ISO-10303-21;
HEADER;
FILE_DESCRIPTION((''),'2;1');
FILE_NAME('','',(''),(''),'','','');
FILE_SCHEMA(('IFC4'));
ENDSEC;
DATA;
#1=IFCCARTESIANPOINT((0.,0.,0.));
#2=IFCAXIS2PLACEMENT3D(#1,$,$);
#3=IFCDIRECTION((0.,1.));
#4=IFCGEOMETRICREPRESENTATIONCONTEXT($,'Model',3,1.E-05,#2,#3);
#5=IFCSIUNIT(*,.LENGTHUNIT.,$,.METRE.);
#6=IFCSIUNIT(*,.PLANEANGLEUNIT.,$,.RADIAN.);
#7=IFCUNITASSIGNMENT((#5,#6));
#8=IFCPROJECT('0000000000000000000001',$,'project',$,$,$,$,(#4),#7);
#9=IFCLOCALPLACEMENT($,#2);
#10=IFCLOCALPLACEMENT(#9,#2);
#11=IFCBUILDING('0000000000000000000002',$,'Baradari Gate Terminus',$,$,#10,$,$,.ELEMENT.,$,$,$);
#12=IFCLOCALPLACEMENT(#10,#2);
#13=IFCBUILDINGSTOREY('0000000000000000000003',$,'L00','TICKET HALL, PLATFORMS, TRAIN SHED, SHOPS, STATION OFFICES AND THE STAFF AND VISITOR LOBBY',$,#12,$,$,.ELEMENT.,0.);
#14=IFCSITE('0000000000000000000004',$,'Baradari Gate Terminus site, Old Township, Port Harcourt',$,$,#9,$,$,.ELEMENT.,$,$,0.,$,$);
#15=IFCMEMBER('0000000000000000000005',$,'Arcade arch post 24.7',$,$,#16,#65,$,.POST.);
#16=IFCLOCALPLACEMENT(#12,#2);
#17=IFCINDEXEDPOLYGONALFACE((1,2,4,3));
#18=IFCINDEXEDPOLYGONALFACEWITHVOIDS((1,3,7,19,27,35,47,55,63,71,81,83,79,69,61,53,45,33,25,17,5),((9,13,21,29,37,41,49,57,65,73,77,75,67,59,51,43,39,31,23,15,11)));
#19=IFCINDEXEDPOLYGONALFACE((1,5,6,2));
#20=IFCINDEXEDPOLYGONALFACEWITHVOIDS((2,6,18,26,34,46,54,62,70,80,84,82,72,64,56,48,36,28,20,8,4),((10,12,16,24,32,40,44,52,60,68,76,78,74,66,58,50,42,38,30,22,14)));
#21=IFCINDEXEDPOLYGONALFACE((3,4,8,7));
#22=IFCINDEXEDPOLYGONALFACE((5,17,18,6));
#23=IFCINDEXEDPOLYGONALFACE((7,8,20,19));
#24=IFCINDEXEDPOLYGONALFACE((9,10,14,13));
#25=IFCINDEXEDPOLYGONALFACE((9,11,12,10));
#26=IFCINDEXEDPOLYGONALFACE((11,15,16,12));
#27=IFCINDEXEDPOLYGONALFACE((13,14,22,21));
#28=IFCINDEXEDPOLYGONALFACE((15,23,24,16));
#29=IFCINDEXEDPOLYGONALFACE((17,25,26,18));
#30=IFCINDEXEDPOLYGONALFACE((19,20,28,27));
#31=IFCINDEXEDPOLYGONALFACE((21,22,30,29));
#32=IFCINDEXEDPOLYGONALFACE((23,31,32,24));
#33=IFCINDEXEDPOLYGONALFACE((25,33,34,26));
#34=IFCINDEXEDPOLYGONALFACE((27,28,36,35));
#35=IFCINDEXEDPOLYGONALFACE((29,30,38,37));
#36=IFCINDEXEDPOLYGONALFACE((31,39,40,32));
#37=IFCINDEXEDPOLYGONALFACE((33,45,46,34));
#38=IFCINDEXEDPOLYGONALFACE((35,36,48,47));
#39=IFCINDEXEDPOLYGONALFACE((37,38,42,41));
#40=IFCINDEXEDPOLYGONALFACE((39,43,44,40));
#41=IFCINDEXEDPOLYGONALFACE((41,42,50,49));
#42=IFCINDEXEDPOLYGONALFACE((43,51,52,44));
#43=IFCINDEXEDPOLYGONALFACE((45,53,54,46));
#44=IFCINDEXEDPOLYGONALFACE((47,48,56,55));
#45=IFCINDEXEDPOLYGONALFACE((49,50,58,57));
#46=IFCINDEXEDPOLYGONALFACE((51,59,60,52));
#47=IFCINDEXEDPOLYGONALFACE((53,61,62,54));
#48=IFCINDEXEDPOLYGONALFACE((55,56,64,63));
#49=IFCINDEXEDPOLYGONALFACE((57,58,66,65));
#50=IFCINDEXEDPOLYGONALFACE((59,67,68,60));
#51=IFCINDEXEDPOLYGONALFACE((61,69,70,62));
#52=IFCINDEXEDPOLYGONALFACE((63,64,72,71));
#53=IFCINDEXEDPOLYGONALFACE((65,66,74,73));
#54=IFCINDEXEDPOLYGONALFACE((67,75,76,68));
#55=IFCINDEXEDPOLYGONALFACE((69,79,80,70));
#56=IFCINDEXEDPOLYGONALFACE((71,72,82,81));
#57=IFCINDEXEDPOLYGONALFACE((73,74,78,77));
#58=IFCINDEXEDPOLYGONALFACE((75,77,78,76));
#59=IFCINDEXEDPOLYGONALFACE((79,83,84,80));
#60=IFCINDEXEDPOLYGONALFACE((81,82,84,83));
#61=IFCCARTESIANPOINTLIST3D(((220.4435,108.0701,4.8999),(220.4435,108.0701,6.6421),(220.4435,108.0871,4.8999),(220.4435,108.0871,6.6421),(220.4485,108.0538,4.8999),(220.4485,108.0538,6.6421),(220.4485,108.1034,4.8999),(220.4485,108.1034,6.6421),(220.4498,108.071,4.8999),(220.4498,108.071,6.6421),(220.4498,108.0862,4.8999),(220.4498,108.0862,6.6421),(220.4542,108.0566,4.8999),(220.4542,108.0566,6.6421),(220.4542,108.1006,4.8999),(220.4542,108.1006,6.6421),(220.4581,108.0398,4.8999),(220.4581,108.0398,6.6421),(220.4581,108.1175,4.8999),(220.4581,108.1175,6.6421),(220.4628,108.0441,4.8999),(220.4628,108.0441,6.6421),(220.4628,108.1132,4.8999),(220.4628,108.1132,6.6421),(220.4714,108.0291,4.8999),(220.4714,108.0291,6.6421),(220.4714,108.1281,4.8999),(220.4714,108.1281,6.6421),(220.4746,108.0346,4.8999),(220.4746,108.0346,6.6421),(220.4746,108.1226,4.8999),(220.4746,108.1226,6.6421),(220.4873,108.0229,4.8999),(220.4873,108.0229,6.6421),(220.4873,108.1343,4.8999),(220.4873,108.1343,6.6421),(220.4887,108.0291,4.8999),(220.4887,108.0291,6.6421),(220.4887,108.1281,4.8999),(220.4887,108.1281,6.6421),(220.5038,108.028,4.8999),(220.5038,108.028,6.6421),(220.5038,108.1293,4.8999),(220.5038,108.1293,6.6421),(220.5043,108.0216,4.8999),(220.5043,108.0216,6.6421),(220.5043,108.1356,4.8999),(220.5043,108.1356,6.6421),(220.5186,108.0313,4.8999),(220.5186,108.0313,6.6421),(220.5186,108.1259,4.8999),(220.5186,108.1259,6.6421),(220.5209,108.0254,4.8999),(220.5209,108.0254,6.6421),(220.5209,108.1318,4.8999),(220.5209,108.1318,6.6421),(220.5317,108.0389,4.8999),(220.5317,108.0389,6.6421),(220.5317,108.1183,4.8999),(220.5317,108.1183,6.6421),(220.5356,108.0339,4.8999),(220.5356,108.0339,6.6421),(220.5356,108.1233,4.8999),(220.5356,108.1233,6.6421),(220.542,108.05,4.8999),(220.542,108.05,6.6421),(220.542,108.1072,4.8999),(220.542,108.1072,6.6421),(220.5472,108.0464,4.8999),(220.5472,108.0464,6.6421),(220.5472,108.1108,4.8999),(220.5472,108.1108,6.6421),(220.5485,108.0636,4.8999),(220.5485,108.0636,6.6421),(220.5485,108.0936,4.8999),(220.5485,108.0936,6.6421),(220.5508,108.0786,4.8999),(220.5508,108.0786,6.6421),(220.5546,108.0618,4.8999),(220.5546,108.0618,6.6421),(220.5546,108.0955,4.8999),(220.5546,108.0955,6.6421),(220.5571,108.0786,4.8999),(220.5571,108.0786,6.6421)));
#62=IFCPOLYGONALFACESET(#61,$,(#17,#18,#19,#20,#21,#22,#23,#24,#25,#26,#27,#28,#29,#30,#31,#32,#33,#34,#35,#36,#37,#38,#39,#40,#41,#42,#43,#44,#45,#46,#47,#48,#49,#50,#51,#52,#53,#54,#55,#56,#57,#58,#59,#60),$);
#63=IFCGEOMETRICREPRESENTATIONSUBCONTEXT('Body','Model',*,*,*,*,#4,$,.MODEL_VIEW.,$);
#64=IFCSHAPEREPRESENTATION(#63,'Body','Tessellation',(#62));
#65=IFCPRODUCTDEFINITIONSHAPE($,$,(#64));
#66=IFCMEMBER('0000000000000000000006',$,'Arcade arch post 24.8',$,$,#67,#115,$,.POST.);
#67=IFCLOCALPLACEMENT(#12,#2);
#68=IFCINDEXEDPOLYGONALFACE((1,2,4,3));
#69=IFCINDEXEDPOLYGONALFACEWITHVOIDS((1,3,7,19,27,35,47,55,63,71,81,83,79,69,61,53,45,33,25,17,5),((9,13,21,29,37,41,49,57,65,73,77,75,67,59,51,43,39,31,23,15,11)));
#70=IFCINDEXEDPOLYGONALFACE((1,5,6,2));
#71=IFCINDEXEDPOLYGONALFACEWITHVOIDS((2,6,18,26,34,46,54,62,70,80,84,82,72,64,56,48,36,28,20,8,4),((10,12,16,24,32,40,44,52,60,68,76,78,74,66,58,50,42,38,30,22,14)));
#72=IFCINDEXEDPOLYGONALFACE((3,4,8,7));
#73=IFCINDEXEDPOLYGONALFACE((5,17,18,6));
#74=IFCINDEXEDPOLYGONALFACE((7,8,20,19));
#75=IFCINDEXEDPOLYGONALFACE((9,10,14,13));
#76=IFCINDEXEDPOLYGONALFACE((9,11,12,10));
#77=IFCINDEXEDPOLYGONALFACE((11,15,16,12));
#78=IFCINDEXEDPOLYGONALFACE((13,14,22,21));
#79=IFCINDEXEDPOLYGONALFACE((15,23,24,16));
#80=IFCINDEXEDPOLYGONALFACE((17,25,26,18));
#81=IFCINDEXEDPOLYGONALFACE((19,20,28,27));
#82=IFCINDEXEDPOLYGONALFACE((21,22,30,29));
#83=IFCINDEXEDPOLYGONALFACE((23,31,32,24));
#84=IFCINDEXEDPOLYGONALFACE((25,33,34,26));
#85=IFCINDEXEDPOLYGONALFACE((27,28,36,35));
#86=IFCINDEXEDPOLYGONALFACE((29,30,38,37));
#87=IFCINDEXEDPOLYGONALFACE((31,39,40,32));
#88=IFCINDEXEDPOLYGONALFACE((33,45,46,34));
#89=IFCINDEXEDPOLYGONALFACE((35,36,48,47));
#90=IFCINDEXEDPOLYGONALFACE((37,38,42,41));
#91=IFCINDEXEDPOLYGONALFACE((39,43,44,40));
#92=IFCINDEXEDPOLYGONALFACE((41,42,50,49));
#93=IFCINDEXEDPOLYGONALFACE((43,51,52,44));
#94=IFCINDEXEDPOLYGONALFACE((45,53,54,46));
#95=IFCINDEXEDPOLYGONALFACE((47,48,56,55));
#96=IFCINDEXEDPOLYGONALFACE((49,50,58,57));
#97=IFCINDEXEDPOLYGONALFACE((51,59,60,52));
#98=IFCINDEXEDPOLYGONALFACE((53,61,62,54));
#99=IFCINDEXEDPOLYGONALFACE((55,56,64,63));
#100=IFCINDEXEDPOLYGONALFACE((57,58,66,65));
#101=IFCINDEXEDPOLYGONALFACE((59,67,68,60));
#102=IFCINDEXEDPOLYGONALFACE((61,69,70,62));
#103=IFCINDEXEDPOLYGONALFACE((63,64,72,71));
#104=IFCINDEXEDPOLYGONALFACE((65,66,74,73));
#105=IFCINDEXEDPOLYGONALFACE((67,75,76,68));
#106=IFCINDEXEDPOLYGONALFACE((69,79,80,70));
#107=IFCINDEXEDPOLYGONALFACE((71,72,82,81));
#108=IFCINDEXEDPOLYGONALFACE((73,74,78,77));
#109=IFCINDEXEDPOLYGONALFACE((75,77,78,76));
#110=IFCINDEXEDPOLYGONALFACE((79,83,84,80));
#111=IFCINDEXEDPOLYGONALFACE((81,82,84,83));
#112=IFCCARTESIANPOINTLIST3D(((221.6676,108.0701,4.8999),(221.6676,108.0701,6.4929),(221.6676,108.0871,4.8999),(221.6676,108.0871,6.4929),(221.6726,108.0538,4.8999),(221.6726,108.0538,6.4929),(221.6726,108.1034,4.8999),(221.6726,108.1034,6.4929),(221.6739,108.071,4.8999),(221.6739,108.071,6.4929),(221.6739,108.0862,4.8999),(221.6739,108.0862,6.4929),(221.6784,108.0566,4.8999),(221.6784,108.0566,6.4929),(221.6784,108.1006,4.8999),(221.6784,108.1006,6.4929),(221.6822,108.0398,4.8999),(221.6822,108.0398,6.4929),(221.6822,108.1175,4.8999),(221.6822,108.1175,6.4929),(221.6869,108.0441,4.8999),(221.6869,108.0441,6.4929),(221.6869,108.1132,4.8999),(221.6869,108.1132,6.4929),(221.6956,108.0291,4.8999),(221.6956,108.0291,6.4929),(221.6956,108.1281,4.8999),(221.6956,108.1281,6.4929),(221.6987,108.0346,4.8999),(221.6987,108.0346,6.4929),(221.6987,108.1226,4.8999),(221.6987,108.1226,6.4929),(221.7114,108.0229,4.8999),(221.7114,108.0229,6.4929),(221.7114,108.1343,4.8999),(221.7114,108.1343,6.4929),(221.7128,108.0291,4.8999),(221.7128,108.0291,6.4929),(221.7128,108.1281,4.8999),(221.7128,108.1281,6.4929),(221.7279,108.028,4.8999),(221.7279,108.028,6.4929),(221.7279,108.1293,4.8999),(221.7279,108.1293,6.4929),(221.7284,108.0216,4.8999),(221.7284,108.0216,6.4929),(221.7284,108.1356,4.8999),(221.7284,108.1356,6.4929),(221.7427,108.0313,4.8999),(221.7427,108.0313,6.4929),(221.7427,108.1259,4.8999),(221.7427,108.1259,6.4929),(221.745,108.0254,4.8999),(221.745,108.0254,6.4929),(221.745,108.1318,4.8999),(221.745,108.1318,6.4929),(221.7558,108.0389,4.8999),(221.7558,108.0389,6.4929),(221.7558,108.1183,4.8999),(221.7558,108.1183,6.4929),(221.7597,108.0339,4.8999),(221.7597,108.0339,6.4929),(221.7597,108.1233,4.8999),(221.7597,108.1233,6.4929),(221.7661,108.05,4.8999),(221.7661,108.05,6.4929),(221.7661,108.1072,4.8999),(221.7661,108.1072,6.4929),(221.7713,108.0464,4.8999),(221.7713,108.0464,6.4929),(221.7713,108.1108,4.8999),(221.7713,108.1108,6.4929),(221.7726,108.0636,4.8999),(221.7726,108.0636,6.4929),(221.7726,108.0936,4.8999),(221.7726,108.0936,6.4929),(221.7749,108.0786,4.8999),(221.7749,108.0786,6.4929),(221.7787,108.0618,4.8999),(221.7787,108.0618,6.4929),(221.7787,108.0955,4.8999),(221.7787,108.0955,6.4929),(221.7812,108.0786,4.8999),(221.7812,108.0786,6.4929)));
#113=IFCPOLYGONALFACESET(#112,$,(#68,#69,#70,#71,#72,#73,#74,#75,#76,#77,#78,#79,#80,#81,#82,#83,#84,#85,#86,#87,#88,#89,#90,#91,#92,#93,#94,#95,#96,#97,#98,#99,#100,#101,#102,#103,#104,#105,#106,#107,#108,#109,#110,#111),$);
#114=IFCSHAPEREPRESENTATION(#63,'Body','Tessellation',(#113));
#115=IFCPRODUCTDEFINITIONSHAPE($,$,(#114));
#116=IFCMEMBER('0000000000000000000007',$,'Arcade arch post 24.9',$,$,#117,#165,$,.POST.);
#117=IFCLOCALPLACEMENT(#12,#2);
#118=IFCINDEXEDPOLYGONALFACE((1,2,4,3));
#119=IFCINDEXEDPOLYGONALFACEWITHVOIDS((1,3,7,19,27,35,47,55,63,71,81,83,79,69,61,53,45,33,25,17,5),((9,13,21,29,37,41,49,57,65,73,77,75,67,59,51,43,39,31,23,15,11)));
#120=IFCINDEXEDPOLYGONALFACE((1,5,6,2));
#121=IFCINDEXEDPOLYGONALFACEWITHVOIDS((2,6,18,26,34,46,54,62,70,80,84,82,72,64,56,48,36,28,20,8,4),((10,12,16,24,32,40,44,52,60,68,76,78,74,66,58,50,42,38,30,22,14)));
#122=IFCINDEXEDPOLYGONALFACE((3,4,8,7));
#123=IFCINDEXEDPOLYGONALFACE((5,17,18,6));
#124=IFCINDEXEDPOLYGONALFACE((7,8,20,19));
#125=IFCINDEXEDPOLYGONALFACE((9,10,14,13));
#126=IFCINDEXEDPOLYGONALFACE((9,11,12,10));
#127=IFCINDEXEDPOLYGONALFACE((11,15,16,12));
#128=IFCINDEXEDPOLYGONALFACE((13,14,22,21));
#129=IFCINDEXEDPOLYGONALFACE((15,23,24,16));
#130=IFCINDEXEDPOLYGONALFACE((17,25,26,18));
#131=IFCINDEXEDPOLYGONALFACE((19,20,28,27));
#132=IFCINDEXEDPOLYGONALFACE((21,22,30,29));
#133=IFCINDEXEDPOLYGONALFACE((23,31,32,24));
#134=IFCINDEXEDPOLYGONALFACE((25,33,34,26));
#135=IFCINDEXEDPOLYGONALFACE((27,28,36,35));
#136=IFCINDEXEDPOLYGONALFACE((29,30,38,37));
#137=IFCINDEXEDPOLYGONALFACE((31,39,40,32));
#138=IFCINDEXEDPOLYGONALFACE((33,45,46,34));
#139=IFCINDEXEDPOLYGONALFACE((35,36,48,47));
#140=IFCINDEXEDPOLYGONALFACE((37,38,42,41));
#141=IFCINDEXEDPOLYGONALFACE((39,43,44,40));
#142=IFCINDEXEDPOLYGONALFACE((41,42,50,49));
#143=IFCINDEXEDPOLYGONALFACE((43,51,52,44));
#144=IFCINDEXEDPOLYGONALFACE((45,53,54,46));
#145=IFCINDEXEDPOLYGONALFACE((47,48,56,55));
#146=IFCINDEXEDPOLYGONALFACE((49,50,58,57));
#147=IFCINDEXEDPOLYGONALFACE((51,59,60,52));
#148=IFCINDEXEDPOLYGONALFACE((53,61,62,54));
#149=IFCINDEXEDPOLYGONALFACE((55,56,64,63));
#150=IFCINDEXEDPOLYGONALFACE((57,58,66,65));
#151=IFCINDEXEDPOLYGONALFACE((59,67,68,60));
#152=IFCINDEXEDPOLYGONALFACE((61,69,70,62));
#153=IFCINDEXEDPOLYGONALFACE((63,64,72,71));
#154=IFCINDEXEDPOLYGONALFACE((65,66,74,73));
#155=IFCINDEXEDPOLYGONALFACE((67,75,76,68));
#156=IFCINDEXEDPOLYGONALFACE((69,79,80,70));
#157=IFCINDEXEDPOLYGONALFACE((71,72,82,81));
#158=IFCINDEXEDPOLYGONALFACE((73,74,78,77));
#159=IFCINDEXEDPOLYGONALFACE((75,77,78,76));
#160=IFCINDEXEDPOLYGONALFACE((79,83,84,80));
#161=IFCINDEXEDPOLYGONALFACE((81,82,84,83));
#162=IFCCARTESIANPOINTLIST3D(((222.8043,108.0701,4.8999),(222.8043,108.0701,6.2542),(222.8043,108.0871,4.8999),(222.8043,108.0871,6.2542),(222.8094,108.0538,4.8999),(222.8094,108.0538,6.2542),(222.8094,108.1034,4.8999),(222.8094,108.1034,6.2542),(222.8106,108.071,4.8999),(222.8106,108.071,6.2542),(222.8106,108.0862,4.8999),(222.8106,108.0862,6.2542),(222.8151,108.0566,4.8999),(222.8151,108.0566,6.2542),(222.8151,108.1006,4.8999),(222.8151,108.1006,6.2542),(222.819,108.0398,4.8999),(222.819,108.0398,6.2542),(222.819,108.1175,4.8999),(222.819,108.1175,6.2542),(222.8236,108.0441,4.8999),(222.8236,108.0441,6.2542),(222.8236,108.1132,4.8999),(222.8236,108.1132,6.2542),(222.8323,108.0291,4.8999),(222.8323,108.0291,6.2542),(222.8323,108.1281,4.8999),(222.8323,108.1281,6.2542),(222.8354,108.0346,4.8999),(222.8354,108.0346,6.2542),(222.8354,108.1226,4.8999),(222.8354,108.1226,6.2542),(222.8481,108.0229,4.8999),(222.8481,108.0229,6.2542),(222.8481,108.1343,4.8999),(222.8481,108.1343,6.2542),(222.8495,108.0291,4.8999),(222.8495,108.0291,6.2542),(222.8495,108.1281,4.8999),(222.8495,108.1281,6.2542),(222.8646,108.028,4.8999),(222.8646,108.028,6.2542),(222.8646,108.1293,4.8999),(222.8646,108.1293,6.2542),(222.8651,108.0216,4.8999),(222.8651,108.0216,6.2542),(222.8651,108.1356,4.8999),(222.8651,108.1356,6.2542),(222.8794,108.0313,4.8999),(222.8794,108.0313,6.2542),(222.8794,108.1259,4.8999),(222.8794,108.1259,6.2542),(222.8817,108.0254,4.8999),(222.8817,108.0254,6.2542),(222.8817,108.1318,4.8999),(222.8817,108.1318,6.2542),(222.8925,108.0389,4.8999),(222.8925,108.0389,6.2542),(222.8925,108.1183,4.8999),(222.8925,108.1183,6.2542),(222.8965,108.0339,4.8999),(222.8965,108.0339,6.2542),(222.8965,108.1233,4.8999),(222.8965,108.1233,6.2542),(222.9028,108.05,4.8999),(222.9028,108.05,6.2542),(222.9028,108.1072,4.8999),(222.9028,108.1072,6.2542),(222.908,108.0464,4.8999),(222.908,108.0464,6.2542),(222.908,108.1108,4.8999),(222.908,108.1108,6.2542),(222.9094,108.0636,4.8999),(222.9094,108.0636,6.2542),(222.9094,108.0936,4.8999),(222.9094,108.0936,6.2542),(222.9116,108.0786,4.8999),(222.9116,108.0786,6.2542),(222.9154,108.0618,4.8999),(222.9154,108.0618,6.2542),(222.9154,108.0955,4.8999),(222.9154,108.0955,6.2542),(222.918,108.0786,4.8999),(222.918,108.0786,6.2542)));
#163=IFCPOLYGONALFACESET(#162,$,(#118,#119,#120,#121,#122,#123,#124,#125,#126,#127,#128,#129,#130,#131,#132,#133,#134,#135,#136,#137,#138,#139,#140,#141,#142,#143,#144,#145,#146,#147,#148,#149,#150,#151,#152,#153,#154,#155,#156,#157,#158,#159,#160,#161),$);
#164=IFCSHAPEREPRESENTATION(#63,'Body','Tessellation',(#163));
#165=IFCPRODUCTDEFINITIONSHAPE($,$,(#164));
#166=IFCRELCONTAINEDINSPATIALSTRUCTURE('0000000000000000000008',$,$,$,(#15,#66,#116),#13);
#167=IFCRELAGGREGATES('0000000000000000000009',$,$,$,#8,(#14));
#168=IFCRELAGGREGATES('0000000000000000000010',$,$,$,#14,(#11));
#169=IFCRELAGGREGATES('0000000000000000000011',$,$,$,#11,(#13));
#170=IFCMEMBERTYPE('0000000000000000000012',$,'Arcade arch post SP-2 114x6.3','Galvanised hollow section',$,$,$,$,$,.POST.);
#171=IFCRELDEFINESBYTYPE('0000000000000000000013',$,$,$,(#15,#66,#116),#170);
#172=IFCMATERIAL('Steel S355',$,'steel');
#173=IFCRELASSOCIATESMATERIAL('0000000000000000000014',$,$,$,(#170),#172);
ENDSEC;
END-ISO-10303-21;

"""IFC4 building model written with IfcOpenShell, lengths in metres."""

from ifc_helpers import new_model, si_unit, direction, frame, origin, origin_2d, place, context, subcontext, project, spatial, hollow_circle, extrude, material, material_profile, profile_set, type_object, element, save


model = new_model("IFC4")

# Units and contexts
model_context = context("Model", 3, precision=1e-05, world=origin(), true_north=direction((0.0, 1.0)))
body_context = subcontext(model_context, "Body", "Model", "MODEL_VIEW")
ifc_project = project(units=[si_unit("LENGTHUNIT", "METRE"), si_unit("PLANEANGLEUNIT", "RADIAN")], contexts=[model_context])

# Site, building, storey
site_placement = place(None, origin())
site = spatial("IfcSite", under=ifc_project, at=site_placement, Name="Baradari Gate Terminus site, Old Township, Port Harcourt", CompositionType="ELEMENT", RefElevation=0.0)
building_placement = place(site_placement, origin())
building = spatial("IfcBuilding", under=site, at=building_placement, Name="Baradari Gate Terminus", CompositionType="ELEMENT")
storey_placement = place(building_placement, origin())
storey = spatial("IfcBuildingStorey", under=building, at=storey_placement, Name="L00", Description="TICKET HALL, PLATFORMS, TRAIN SHED, SHOPS, STATION OFFICES AND THE STAFF AND VISITOR LOBBY", CompositionType="ELEMENT", Elevation=0.0)

# Members
ifc_material_1 = material(Name="Steel S355", Category="steel")
ifc_material_profile_1 = material_profile(ifc_material_1, hollow_circle(Radius=0.0571, WallThickness=0.0063, at=origin_2d()), Name="CHS 114.3x6.3")
ifc_profile_set_1 = profile_set([ifc_material_profile_1], Name="Steel S355")
member_type_1 = type_object("IfcMemberType", Name="Arcade arch post SP-2 114x6.3", Description="Galvanised hollow section", PredefinedType="POST", material=ifc_profile_set_1)
member_1_placement = place(storey_placement, frame((220.5, 108.0786, 4.8999), z_axis=(0.0, 0.0, 1.0), x_axis=(1.0, 0.0, 0.0)))
element("IfcMember", 1, at=member_1_placement, inside=storey, type_object=member_type_1, Name="Arcade arch post 24.7", PredefinedType="POST", context=body_context, shape_type="SweptSolid", body=[
    extrude(hollow_circle(Radius=0.0571, WallThickness=0.0063, at=origin_2d()), origin(), (0.0, 0.0, 1.0), 1.7422),
])
member_2_placement = place(storey_placement, frame((221.7241, 108.0786, 4.8999), z_axis=(0.0, 0.0, 1.0), x_axis=(1.0, 0.0, 0.0)))
element("IfcMember", 2, at=member_2_placement, inside=storey, type_object=member_type_1, Name="Arcade arch post 24.8", PredefinedType="POST", context=body_context, shape_type="SweptSolid", body=[
    extrude(hollow_circle(Radius=0.0571, WallThickness=0.0063, at=origin_2d()), origin(), (0.0, 0.0, 1.0), 1.593),
])
member_3_placement = place(storey_placement, frame((222.8608, 108.0786, 4.8999), z_axis=(0.0, 0.0, 1.0), x_axis=(1.0, 0.0, 0.0)))
element("IfcMember", 3, at=member_3_placement, inside=storey, type_object=member_type_1, Name="Arcade arch post 24.9", PredefinedType="POST", context=body_context, shape_type="SweptSolid", body=[
    extrude(hollow_circle(Radius=0.0571, WallThickness=0.0063, at=origin_2d()), origin(), (0.0, 0.0, 1.0), 1.3542),
])

save(model, "model.ifc")
